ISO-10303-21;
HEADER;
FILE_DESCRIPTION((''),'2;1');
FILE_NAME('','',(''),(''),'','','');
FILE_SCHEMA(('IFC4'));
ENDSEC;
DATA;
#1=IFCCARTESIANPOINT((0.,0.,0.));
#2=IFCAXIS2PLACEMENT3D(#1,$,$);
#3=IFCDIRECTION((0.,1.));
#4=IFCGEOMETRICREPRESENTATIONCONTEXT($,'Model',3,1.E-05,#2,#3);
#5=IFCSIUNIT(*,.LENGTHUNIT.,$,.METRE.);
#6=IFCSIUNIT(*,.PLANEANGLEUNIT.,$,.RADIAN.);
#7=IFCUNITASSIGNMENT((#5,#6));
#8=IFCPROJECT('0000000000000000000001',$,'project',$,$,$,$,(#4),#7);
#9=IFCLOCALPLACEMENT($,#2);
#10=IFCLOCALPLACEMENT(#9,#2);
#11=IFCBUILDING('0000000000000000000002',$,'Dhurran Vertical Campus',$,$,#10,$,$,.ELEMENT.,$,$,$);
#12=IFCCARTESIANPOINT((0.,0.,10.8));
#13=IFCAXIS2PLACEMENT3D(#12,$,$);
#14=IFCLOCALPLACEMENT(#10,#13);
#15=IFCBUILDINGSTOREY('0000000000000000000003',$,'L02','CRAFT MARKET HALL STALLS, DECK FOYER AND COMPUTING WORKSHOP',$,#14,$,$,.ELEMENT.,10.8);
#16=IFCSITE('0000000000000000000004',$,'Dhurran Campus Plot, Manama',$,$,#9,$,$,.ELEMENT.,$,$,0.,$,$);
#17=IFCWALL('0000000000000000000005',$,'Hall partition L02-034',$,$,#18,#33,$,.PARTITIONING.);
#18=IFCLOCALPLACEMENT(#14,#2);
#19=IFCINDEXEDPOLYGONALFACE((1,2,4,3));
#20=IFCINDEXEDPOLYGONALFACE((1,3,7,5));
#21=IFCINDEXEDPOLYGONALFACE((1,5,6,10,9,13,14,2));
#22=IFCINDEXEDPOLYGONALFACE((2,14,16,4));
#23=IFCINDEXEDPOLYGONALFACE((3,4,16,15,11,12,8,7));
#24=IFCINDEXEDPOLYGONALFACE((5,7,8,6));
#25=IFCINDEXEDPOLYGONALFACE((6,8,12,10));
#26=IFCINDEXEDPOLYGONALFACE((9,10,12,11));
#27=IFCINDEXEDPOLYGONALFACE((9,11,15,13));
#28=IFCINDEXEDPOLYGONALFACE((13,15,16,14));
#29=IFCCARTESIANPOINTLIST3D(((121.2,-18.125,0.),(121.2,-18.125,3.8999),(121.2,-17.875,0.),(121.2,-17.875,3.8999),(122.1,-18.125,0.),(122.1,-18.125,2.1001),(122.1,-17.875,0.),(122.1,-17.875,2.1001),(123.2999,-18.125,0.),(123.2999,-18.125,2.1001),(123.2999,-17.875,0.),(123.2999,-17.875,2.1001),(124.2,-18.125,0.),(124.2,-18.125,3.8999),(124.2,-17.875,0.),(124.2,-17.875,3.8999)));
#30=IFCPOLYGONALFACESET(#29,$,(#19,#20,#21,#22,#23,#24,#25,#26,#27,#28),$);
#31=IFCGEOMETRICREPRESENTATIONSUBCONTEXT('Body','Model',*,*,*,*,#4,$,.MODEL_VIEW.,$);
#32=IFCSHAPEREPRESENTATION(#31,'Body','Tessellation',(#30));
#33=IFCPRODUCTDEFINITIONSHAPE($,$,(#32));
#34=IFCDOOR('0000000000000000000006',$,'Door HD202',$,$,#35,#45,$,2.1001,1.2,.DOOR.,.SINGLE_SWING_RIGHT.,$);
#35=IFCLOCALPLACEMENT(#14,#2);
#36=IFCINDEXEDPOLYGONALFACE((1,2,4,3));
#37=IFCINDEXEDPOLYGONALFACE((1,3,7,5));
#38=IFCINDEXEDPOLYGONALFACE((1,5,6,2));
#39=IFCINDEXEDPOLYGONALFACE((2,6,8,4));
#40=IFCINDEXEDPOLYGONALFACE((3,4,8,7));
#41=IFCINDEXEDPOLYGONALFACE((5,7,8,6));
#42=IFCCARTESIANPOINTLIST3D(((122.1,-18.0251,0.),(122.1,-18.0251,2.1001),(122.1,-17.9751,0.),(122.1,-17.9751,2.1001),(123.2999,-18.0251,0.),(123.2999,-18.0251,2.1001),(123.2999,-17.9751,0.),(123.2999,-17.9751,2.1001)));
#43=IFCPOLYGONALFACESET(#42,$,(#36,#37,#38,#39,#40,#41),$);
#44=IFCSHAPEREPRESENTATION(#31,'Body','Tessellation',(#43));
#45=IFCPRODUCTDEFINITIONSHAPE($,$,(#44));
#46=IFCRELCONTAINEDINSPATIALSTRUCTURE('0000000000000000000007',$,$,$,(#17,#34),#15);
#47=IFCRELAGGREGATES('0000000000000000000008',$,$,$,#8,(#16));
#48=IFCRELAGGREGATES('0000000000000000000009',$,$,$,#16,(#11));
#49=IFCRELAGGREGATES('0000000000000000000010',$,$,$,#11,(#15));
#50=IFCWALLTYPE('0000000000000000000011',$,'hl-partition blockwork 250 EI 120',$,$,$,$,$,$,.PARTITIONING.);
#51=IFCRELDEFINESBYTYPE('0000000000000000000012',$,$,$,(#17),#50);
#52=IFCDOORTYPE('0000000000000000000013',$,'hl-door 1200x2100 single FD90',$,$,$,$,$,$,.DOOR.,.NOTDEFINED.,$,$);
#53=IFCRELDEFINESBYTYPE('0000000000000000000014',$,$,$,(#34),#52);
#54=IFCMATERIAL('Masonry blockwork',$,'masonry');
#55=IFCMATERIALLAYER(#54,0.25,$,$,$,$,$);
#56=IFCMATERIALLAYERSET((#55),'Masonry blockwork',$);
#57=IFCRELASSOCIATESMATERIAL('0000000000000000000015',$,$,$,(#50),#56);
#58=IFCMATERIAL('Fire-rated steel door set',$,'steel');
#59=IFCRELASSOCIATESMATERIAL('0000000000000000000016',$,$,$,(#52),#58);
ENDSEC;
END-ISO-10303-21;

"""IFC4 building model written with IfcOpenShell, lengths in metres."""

from ifc_helpers import new_model, si_unit, direction, frame, frame_2d, origin, place, context, subcontext, project, spatial, rectangle, extrude, material, layer, layer_set, type_object, element, fill, save


model = new_model("IFC4")

# Units and contexts
model_context = context("Model", 3, precision=1e-05, world=origin(), true_north=direction((0.0, 1.0)))
body_context = subcontext(model_context, "Body", "Model", "MODEL_VIEW")
ifc_project = project(units=[si_unit("LENGTHUNIT", "METRE"), si_unit("PLANEANGLEUNIT", "RADIAN")], contexts=[model_context])

# Site, building, storey
site_placement = place(None, origin())
site = spatial("IfcSite", under=ifc_project, at=site_placement, Name="Dhurran Campus Plot, Manama", CompositionType="ELEMENT", RefElevation=0.0)
building_placement = place(site_placement, origin())
building = spatial("IfcBuilding", under=site, at=building_placement, Name="Dhurran Vertical Campus", CompositionType="ELEMENT")
storey_placement = place(building_placement, frame((0.0, 0.0, 10.8)))
storey = spatial("IfcBuildingStorey", under=building, at=storey_placement, Name="L02", Description="CRAFT MARKET HALL STALLS, DECK FOYER AND COMPUTING WORKSHOP", CompositionType="ELEMENT", Elevation=10.8)

# Wall, opening, door
ifc_material_1 = material(Name="Masonry blockwork", Category="masonry")
ifc_layer_1 = layer(ifc_material_1, 0.25)
ifc_layer_set_1 = layer_set([ifc_layer_1], Name="Masonry blockwork")
wall_type_1 = type_object("IfcWallType", Name="hl-partition blockwork 250 EI 120", PredefinedType="PARTITIONING", material=ifc_layer_set_1)
wall_1_placement = place(storey_placement, frame((121.2, -18.0, 0.0), z_axis=(0.0, 0.0, 1.0), x_axis=(1.0, 0.0, 0.0)))
wall_1 = element("IfcWall", 1, at=wall_1_placement, inside=storey, type_object=wall_type_1, Name="Hall partition L02-034", PredefinedType="PARTITIONING", context=body_context, shape_type="SweptSolid", body=[
    extrude(rectangle(XDim=3.0, YDim=0.25, at=frame_2d((1.5, 0.0))), origin(), (0.0, 0.0, 1.0), 3.8999),
])
opening_1_placement = place(wall_1_placement, frame((0.8999, 0.0, 0.0)))
opening_1 = element("IfcOpeningElement", 2, at=opening_1_placement, cuts=wall_1, PredefinedType="OPENING", context=body_context, shape_type="SweptSolid", body=[
    extrude(rectangle(XDim=1.2, YDim=2.1001, at=frame_2d((0.6001, 1.05))), frame((0.0, 0.135, 0.0), z_axis=(0.0, -1.0, 0.0), x_axis=(1.0, 0.0, 0.0)), (0.0, 0.0, 1.0), 0.27),
])
ifc_material_2 = material(Name="Fire-rated steel door set", Category="steel")
door_type_1 = type_object("IfcDoorType", Name="hl-door 1200x2100 single FD90", OperationType="NOTDEFINED", PredefinedType="DOOR", material=ifc_material_2)
door_1_placement = place(opening_1_placement, origin())
door_1 = element("IfcDoor", 3, at=door_1_placement, inside=storey, type_object=door_type_1, Name="Door HD202", OperationType="SINGLE_SWING_RIGHT", OverallHeight=2.1001, OverallWidth=1.2, PredefinedType="DOOR", context=body_context, shape_type="SweptSolid", body=[
    extrude(rectangle(XDim=1.2, YDim=2.1001, at=frame_2d((0.6001, 1.05))), frame((0.0, 0.0249, 0.0), z_axis=(0.0, -1.0, 0.0), x_axis=(1.0, 0.0, 0.0)), (0.0, 0.0, 1.0), 0.05),
])
fill(opening_1, door_1)

save(model, "model.ifc")
